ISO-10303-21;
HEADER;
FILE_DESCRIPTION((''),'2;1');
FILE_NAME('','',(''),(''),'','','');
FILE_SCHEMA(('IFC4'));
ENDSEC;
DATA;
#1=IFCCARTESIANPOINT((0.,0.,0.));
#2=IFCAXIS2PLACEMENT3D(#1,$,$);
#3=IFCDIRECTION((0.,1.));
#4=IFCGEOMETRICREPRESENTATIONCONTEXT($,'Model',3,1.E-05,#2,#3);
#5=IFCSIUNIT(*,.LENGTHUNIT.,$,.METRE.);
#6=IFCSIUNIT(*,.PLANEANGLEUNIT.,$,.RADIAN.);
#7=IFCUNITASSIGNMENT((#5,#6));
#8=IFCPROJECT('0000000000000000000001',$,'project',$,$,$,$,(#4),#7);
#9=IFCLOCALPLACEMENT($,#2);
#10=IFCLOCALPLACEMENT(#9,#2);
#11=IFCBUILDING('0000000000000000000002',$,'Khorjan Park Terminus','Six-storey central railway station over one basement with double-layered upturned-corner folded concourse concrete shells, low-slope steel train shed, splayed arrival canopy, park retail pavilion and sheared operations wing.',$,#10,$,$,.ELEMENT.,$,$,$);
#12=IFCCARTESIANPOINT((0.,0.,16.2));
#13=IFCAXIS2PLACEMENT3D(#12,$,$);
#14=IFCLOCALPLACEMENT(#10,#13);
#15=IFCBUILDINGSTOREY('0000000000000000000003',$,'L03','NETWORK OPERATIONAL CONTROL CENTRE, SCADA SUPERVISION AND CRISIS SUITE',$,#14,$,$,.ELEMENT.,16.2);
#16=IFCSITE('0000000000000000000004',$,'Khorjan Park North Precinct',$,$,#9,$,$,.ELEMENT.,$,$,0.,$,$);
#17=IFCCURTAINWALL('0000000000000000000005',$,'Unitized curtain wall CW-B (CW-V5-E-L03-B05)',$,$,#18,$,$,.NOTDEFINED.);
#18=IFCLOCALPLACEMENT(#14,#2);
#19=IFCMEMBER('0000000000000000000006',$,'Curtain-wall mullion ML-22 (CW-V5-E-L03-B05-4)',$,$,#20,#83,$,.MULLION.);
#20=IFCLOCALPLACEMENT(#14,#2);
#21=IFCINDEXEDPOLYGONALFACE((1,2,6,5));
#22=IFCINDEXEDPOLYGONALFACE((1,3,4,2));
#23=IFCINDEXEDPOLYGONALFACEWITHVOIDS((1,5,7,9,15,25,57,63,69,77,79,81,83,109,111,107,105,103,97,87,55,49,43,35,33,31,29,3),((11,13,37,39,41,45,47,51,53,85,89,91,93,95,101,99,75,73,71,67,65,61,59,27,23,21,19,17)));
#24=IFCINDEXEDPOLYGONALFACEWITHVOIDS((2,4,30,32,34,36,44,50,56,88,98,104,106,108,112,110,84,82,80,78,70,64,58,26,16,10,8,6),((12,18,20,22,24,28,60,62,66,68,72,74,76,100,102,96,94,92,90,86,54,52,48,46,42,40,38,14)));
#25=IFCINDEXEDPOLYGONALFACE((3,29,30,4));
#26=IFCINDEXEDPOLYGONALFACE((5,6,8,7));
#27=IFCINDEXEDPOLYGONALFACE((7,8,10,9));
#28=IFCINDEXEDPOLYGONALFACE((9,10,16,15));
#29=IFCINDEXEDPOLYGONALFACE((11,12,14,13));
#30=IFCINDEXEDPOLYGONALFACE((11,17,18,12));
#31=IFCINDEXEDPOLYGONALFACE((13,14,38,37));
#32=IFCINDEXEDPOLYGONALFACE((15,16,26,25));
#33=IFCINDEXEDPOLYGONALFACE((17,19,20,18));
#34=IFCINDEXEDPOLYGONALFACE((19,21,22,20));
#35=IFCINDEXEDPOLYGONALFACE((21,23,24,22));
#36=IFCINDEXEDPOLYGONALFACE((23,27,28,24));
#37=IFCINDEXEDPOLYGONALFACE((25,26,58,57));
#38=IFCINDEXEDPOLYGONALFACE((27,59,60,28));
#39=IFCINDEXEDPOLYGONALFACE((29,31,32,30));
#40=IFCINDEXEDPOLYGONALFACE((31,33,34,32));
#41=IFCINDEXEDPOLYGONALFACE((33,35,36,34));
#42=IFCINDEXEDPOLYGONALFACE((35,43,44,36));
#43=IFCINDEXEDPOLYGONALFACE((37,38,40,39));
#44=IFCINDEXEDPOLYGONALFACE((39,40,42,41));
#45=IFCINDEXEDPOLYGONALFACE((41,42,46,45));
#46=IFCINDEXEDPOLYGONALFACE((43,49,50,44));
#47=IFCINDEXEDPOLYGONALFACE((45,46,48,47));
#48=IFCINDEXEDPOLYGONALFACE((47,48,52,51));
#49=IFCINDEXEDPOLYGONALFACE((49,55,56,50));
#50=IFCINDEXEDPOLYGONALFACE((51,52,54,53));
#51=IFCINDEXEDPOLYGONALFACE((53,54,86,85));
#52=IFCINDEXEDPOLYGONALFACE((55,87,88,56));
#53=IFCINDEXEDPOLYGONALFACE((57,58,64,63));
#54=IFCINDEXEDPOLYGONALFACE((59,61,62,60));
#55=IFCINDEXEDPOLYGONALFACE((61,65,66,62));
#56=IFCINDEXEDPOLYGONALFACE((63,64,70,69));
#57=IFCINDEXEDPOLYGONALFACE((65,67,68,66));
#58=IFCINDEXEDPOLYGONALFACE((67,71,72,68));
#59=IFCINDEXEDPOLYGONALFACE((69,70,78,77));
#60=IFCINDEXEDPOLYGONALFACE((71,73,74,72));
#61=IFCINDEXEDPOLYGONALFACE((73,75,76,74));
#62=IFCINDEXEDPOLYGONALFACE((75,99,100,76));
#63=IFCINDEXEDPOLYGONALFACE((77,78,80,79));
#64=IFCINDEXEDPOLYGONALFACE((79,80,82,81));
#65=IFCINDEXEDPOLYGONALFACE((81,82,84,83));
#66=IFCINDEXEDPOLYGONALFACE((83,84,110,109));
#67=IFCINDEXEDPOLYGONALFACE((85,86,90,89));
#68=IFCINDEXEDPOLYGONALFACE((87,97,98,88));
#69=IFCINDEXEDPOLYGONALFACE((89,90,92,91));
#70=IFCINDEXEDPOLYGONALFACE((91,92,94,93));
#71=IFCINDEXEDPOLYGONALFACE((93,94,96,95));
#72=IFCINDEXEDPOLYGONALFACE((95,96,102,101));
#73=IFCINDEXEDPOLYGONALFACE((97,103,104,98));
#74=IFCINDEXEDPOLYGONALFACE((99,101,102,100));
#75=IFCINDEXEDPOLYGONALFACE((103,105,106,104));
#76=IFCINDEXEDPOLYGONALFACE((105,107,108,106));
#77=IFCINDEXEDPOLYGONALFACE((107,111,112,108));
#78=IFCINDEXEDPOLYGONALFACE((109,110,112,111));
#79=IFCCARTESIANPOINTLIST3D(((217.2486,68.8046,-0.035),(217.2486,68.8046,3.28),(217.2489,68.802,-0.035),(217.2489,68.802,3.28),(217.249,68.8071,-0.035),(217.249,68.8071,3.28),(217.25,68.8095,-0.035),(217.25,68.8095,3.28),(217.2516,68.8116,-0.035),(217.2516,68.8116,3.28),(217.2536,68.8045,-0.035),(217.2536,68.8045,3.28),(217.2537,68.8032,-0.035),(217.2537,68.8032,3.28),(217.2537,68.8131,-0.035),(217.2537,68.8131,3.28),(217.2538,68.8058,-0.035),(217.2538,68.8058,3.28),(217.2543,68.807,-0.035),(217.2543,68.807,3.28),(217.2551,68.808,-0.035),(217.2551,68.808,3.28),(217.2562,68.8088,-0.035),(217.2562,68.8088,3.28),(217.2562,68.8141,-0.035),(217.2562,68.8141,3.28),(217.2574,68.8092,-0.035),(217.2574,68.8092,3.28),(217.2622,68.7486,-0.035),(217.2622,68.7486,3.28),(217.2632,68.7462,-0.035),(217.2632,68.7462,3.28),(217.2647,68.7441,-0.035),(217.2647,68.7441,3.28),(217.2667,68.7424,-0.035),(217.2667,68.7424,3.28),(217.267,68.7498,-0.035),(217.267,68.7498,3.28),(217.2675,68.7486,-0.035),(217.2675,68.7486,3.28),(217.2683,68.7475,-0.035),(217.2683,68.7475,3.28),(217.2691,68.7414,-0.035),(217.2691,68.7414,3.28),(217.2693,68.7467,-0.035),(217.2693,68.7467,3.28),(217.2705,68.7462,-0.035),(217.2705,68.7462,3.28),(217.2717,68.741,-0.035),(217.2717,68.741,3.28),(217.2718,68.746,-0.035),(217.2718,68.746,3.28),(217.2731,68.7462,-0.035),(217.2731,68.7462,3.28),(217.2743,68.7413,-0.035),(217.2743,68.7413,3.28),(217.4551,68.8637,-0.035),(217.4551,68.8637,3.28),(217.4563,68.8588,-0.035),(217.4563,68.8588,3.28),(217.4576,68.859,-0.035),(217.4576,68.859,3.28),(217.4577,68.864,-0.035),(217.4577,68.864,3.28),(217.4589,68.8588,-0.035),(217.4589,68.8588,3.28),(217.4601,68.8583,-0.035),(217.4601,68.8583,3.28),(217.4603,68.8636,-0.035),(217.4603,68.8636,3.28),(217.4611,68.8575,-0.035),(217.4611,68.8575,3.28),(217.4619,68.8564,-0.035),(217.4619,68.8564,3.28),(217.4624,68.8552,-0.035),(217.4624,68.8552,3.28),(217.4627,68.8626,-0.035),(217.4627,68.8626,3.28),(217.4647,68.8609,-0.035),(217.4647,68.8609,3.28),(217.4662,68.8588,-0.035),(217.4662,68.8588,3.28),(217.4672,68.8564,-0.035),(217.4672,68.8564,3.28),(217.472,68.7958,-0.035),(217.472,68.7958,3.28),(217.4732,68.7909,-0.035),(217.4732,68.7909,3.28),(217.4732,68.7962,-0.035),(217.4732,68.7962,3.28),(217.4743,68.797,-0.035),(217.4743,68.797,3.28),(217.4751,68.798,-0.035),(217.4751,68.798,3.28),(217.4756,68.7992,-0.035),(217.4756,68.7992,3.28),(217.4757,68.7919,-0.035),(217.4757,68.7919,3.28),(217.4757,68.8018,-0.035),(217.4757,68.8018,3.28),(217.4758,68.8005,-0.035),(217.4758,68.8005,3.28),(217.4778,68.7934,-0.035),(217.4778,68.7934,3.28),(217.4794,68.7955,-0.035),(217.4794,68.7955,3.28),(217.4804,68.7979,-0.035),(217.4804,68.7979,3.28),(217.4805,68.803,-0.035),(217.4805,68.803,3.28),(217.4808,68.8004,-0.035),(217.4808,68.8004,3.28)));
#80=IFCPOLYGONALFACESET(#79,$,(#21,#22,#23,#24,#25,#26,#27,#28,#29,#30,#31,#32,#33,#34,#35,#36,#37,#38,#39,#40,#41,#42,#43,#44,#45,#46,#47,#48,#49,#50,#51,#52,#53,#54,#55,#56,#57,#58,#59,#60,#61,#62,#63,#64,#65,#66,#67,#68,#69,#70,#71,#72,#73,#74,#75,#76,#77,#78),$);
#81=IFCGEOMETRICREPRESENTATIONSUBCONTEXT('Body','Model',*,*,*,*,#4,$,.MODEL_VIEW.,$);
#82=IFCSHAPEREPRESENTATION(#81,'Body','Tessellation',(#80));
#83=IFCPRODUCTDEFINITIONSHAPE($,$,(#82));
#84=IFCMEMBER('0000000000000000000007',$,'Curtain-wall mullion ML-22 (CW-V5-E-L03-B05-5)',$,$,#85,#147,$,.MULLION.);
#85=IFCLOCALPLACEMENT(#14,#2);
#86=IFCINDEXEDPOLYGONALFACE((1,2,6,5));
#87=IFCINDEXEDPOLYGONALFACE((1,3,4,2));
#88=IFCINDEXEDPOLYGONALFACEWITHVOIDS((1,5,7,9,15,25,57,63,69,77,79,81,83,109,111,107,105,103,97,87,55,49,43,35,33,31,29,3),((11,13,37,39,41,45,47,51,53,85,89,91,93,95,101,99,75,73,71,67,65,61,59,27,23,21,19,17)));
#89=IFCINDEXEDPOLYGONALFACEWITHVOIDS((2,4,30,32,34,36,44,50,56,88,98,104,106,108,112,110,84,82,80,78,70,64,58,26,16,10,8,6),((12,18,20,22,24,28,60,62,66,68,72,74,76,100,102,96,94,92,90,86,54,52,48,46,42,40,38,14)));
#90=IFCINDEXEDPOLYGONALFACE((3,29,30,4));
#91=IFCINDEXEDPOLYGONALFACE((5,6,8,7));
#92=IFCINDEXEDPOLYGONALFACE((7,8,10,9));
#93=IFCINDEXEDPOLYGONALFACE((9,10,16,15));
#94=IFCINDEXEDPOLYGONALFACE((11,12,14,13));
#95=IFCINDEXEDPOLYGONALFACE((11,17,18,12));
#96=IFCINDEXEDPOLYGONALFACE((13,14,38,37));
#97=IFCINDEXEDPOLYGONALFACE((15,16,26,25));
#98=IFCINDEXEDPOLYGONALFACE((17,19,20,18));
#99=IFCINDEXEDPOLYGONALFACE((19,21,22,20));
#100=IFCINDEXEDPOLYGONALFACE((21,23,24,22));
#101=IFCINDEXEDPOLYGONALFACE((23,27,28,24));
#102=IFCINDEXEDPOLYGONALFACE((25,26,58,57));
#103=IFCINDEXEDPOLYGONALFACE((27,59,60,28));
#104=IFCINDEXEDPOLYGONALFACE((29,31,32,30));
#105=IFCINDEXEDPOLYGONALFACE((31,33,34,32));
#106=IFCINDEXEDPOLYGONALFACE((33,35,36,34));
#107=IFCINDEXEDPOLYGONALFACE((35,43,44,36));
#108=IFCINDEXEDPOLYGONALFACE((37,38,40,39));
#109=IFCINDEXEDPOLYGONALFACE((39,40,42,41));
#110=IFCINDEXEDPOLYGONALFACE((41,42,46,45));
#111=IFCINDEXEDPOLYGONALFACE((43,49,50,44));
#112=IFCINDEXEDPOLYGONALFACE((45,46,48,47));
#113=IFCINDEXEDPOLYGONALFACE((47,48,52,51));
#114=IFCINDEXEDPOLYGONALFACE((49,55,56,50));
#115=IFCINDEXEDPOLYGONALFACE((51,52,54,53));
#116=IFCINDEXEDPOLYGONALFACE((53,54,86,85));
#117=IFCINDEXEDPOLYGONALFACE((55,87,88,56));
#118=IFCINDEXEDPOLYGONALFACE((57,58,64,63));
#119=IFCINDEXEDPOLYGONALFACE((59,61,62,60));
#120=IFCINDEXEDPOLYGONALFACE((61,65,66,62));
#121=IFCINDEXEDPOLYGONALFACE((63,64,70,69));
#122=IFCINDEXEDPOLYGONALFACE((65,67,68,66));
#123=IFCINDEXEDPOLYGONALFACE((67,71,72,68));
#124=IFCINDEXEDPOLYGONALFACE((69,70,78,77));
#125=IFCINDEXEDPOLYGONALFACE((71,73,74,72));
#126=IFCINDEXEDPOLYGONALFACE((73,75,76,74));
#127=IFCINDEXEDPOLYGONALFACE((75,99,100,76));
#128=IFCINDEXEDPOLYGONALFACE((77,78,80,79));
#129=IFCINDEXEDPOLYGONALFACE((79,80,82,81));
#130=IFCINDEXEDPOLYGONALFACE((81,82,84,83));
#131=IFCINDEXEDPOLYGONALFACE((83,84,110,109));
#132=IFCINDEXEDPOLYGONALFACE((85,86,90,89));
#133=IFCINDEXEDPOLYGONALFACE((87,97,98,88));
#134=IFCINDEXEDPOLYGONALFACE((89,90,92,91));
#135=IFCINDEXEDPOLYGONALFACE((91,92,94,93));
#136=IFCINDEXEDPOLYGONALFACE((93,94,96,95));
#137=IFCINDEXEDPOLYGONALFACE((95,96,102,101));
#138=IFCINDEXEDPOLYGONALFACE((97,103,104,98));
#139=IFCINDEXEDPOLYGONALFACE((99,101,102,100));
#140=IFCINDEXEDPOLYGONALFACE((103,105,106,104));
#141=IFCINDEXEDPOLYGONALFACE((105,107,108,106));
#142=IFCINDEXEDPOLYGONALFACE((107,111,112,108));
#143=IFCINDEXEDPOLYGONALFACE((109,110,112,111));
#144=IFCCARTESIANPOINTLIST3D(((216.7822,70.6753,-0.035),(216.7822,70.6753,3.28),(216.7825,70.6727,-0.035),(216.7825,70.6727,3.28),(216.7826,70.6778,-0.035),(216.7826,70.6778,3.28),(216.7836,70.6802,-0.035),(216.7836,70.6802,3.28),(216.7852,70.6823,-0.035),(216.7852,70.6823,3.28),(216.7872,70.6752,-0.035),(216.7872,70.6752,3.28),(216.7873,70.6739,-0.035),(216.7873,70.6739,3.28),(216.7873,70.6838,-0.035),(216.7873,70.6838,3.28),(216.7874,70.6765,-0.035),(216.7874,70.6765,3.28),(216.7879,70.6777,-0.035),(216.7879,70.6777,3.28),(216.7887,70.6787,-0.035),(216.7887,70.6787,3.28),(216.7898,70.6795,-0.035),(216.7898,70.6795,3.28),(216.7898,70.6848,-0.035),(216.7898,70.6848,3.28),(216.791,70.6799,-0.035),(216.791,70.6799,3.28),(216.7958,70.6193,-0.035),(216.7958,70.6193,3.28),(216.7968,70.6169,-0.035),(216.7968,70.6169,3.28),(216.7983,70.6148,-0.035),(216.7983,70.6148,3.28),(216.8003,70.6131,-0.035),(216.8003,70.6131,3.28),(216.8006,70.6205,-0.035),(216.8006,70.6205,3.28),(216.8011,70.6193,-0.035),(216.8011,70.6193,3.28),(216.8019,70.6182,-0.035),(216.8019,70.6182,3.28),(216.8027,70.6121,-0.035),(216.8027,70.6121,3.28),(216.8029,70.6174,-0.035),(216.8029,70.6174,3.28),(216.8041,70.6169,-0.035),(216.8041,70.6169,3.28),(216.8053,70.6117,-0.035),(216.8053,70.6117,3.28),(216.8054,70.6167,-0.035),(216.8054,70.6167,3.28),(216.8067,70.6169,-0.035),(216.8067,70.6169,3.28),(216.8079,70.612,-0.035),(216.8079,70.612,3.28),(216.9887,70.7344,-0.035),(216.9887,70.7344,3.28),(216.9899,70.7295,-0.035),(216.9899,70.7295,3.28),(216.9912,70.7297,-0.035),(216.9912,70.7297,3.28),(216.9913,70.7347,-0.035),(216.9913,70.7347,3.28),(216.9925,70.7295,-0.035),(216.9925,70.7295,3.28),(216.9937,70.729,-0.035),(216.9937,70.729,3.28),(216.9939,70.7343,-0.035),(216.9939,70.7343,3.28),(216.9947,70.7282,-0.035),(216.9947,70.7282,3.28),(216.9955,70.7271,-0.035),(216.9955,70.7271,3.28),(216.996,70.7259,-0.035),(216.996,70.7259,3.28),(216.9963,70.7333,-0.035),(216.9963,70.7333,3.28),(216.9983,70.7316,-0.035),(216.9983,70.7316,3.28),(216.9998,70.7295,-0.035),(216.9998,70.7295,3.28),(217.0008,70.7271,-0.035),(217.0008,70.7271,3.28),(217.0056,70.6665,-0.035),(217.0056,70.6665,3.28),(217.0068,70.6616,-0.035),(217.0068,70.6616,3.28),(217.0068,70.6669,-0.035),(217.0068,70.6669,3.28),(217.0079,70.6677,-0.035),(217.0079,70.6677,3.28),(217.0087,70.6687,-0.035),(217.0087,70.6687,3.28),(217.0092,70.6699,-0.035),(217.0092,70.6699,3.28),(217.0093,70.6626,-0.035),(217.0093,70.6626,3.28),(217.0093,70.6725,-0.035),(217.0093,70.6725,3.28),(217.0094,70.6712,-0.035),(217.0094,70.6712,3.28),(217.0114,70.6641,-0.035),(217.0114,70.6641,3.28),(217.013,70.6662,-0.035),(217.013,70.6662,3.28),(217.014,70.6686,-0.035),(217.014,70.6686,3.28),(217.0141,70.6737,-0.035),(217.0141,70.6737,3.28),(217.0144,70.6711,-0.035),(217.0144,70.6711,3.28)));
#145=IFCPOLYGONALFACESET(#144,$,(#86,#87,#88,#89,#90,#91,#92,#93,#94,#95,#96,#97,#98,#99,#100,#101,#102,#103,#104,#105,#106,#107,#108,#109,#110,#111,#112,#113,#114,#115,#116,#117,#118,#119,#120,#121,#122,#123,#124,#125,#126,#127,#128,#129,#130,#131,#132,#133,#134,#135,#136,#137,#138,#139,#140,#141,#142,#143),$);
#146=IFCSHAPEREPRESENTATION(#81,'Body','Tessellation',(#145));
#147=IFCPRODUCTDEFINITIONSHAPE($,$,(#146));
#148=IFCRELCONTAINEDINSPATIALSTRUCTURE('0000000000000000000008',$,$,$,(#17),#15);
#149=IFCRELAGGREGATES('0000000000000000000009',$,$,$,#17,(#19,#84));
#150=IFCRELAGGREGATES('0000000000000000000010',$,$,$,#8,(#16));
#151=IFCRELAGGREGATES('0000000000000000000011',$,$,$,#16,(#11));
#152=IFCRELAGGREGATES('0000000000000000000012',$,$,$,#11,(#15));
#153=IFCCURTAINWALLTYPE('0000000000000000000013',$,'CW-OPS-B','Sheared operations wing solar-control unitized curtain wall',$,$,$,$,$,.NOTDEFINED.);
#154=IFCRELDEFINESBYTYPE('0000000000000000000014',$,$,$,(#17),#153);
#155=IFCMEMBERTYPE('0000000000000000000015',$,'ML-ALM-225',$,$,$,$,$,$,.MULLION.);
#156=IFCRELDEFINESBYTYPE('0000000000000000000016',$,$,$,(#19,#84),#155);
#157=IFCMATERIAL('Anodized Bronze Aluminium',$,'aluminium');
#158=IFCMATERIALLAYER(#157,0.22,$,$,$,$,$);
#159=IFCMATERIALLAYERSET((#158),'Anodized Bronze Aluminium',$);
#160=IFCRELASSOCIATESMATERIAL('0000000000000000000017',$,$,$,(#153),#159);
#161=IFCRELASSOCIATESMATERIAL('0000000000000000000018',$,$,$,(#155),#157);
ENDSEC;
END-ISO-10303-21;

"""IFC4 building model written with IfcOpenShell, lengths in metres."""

from ifc_helpers import new_model, si_unit, direction, frame, origin, origin_2d, place, context, subcontext, project, spatial, hollow_rectangle, extrude, material, layer, layer_set, material_profile, profile_set, type_object, element, aggregate, save


model = new_model("IFC4")

# Units and contexts
model_context = context("Model", 3, precision=1e-05, world=origin(), true_north=direction((0.0, 1.0)))
body_context = subcontext(model_context, "Body", "Model", "MODEL_VIEW")
ifc_project = project(units=[si_unit("LENGTHUNIT", "METRE"), si_unit("PLANEANGLEUNIT", "RADIAN")], contexts=[model_context])

# Site, building, storey
site_placement = place(None, origin())
site = spatial("IfcSite", under=ifc_project, at=site_placement, Name="Khorjan Park North Precinct", CompositionType="ELEMENT", RefElevation=0.0)
building_placement = place(site_placement, origin())
building = spatial("IfcBuilding", under=site, at=building_placement, Name="Khorjan Park Terminus", Description="Six-storey central railway station over one basement with double-layered upturned-corner folded concourse concrete shells, low-slope steel train shed, splayed arrival canopy, park retail pavilion and sheared operations wing.", CompositionType="ELEMENT")
storey_placement = place(building_placement, frame((0.0, 0.0, 16.2)))
storey = spatial("IfcBuildingStorey", under=building, at=storey_placement, Name="L03", Description="NETWORK OPERATIONAL CONTROL CENTRE, SCADA SUPERVISION AND CRISIS SUITE", CompositionType="ELEMENT", Elevation=16.2)

# Curtain wall, members
ifc_material_1 = material(Name="Anodized Bronze Aluminium", Category="aluminium")
ifc_layer_1 = layer(ifc_material_1, 0.22)
ifc_layer_set_1 = layer_set([ifc_layer_1], Name="Anodized Bronze Aluminium")
curtain_wall_type = type_object("IfcCurtainWallType", Name="CW-OPS-B", Description="Sheared operations wing solar-control unitized curtain wall", PredefinedType="NOTDEFINED", material=ifc_layer_set_1)
curtain_wall_placement = place(storey_placement, origin())
curtain_wall = element("IfcCurtainWall", 1, at=curtain_wall_placement, inside=storey, type_object=curtain_wall_type, Name="Unitized curtain wall CW-B (CW-V5-E-L03-B05)", PredefinedType="NOTDEFINED")
ifc_material_profile_1 = material_profile(ifc_material_1, hollow_rectangle(XDim=0.075, YDim=0.225, WallThickness=0.005, InnerFilletRadius=0.005, OuterFilletRadius=0.01, at=origin_2d()), Name="ALM 75x225x5")
ifc_profile_set_1 = profile_set([ifc_material_profile_1], Name="Anodized Bronze Aluminium")
member_type_1 = type_object("IfcMemberType", Name="ML-ALM-225", PredefinedType="MULLION", material=ifc_profile_set_1)
member_1_placement = place(storey_placement, frame((217.3647, 68.8025, -0.035), z_axis=(0.0, 0.0, 1.0), x_axis=(-0.241935, 0.970292, 0.0)))
member_1 = element("IfcMember", 2, at=member_1_placement, type_object=member_type_1, Name="Curtain-wall mullion ML-22 (CW-V5-E-L03-B05-4)", PredefinedType="MULLION", context=body_context, shape_type="SweptSolid", body=[
    extrude(hollow_rectangle(XDim=0.075, YDim=0.225, WallThickness=0.005, InnerFilletRadius=0.005, OuterFilletRadius=0.01, at=origin_2d()), origin(), (0.0, 0.0, 1.0), 3.315),
])
member_2_placement = place(storey_placement, frame((216.8983, 70.6732, -0.035), z_axis=(0.0, 0.0, 1.0), x_axis=(-0.241935, 0.970292, 0.0)))
member_2 = element("IfcMember", 3, at=member_2_placement, type_object=member_type_1, Name="Curtain-wall mullion ML-22 (CW-V5-E-L03-B05-5)", PredefinedType="MULLION", context=body_context, shape_type="SweptSolid", body=[
    extrude(hollow_rectangle(XDim=0.075, YDim=0.225, WallThickness=0.005, InnerFilletRadius=0.005, OuterFilletRadius=0.01, at=origin_2d()), origin(), (0.0, 0.0, 1.0), 3.315),
])
aggregate(curtain_wall, [member_1, member_2])

save(model, "model.ifc")
